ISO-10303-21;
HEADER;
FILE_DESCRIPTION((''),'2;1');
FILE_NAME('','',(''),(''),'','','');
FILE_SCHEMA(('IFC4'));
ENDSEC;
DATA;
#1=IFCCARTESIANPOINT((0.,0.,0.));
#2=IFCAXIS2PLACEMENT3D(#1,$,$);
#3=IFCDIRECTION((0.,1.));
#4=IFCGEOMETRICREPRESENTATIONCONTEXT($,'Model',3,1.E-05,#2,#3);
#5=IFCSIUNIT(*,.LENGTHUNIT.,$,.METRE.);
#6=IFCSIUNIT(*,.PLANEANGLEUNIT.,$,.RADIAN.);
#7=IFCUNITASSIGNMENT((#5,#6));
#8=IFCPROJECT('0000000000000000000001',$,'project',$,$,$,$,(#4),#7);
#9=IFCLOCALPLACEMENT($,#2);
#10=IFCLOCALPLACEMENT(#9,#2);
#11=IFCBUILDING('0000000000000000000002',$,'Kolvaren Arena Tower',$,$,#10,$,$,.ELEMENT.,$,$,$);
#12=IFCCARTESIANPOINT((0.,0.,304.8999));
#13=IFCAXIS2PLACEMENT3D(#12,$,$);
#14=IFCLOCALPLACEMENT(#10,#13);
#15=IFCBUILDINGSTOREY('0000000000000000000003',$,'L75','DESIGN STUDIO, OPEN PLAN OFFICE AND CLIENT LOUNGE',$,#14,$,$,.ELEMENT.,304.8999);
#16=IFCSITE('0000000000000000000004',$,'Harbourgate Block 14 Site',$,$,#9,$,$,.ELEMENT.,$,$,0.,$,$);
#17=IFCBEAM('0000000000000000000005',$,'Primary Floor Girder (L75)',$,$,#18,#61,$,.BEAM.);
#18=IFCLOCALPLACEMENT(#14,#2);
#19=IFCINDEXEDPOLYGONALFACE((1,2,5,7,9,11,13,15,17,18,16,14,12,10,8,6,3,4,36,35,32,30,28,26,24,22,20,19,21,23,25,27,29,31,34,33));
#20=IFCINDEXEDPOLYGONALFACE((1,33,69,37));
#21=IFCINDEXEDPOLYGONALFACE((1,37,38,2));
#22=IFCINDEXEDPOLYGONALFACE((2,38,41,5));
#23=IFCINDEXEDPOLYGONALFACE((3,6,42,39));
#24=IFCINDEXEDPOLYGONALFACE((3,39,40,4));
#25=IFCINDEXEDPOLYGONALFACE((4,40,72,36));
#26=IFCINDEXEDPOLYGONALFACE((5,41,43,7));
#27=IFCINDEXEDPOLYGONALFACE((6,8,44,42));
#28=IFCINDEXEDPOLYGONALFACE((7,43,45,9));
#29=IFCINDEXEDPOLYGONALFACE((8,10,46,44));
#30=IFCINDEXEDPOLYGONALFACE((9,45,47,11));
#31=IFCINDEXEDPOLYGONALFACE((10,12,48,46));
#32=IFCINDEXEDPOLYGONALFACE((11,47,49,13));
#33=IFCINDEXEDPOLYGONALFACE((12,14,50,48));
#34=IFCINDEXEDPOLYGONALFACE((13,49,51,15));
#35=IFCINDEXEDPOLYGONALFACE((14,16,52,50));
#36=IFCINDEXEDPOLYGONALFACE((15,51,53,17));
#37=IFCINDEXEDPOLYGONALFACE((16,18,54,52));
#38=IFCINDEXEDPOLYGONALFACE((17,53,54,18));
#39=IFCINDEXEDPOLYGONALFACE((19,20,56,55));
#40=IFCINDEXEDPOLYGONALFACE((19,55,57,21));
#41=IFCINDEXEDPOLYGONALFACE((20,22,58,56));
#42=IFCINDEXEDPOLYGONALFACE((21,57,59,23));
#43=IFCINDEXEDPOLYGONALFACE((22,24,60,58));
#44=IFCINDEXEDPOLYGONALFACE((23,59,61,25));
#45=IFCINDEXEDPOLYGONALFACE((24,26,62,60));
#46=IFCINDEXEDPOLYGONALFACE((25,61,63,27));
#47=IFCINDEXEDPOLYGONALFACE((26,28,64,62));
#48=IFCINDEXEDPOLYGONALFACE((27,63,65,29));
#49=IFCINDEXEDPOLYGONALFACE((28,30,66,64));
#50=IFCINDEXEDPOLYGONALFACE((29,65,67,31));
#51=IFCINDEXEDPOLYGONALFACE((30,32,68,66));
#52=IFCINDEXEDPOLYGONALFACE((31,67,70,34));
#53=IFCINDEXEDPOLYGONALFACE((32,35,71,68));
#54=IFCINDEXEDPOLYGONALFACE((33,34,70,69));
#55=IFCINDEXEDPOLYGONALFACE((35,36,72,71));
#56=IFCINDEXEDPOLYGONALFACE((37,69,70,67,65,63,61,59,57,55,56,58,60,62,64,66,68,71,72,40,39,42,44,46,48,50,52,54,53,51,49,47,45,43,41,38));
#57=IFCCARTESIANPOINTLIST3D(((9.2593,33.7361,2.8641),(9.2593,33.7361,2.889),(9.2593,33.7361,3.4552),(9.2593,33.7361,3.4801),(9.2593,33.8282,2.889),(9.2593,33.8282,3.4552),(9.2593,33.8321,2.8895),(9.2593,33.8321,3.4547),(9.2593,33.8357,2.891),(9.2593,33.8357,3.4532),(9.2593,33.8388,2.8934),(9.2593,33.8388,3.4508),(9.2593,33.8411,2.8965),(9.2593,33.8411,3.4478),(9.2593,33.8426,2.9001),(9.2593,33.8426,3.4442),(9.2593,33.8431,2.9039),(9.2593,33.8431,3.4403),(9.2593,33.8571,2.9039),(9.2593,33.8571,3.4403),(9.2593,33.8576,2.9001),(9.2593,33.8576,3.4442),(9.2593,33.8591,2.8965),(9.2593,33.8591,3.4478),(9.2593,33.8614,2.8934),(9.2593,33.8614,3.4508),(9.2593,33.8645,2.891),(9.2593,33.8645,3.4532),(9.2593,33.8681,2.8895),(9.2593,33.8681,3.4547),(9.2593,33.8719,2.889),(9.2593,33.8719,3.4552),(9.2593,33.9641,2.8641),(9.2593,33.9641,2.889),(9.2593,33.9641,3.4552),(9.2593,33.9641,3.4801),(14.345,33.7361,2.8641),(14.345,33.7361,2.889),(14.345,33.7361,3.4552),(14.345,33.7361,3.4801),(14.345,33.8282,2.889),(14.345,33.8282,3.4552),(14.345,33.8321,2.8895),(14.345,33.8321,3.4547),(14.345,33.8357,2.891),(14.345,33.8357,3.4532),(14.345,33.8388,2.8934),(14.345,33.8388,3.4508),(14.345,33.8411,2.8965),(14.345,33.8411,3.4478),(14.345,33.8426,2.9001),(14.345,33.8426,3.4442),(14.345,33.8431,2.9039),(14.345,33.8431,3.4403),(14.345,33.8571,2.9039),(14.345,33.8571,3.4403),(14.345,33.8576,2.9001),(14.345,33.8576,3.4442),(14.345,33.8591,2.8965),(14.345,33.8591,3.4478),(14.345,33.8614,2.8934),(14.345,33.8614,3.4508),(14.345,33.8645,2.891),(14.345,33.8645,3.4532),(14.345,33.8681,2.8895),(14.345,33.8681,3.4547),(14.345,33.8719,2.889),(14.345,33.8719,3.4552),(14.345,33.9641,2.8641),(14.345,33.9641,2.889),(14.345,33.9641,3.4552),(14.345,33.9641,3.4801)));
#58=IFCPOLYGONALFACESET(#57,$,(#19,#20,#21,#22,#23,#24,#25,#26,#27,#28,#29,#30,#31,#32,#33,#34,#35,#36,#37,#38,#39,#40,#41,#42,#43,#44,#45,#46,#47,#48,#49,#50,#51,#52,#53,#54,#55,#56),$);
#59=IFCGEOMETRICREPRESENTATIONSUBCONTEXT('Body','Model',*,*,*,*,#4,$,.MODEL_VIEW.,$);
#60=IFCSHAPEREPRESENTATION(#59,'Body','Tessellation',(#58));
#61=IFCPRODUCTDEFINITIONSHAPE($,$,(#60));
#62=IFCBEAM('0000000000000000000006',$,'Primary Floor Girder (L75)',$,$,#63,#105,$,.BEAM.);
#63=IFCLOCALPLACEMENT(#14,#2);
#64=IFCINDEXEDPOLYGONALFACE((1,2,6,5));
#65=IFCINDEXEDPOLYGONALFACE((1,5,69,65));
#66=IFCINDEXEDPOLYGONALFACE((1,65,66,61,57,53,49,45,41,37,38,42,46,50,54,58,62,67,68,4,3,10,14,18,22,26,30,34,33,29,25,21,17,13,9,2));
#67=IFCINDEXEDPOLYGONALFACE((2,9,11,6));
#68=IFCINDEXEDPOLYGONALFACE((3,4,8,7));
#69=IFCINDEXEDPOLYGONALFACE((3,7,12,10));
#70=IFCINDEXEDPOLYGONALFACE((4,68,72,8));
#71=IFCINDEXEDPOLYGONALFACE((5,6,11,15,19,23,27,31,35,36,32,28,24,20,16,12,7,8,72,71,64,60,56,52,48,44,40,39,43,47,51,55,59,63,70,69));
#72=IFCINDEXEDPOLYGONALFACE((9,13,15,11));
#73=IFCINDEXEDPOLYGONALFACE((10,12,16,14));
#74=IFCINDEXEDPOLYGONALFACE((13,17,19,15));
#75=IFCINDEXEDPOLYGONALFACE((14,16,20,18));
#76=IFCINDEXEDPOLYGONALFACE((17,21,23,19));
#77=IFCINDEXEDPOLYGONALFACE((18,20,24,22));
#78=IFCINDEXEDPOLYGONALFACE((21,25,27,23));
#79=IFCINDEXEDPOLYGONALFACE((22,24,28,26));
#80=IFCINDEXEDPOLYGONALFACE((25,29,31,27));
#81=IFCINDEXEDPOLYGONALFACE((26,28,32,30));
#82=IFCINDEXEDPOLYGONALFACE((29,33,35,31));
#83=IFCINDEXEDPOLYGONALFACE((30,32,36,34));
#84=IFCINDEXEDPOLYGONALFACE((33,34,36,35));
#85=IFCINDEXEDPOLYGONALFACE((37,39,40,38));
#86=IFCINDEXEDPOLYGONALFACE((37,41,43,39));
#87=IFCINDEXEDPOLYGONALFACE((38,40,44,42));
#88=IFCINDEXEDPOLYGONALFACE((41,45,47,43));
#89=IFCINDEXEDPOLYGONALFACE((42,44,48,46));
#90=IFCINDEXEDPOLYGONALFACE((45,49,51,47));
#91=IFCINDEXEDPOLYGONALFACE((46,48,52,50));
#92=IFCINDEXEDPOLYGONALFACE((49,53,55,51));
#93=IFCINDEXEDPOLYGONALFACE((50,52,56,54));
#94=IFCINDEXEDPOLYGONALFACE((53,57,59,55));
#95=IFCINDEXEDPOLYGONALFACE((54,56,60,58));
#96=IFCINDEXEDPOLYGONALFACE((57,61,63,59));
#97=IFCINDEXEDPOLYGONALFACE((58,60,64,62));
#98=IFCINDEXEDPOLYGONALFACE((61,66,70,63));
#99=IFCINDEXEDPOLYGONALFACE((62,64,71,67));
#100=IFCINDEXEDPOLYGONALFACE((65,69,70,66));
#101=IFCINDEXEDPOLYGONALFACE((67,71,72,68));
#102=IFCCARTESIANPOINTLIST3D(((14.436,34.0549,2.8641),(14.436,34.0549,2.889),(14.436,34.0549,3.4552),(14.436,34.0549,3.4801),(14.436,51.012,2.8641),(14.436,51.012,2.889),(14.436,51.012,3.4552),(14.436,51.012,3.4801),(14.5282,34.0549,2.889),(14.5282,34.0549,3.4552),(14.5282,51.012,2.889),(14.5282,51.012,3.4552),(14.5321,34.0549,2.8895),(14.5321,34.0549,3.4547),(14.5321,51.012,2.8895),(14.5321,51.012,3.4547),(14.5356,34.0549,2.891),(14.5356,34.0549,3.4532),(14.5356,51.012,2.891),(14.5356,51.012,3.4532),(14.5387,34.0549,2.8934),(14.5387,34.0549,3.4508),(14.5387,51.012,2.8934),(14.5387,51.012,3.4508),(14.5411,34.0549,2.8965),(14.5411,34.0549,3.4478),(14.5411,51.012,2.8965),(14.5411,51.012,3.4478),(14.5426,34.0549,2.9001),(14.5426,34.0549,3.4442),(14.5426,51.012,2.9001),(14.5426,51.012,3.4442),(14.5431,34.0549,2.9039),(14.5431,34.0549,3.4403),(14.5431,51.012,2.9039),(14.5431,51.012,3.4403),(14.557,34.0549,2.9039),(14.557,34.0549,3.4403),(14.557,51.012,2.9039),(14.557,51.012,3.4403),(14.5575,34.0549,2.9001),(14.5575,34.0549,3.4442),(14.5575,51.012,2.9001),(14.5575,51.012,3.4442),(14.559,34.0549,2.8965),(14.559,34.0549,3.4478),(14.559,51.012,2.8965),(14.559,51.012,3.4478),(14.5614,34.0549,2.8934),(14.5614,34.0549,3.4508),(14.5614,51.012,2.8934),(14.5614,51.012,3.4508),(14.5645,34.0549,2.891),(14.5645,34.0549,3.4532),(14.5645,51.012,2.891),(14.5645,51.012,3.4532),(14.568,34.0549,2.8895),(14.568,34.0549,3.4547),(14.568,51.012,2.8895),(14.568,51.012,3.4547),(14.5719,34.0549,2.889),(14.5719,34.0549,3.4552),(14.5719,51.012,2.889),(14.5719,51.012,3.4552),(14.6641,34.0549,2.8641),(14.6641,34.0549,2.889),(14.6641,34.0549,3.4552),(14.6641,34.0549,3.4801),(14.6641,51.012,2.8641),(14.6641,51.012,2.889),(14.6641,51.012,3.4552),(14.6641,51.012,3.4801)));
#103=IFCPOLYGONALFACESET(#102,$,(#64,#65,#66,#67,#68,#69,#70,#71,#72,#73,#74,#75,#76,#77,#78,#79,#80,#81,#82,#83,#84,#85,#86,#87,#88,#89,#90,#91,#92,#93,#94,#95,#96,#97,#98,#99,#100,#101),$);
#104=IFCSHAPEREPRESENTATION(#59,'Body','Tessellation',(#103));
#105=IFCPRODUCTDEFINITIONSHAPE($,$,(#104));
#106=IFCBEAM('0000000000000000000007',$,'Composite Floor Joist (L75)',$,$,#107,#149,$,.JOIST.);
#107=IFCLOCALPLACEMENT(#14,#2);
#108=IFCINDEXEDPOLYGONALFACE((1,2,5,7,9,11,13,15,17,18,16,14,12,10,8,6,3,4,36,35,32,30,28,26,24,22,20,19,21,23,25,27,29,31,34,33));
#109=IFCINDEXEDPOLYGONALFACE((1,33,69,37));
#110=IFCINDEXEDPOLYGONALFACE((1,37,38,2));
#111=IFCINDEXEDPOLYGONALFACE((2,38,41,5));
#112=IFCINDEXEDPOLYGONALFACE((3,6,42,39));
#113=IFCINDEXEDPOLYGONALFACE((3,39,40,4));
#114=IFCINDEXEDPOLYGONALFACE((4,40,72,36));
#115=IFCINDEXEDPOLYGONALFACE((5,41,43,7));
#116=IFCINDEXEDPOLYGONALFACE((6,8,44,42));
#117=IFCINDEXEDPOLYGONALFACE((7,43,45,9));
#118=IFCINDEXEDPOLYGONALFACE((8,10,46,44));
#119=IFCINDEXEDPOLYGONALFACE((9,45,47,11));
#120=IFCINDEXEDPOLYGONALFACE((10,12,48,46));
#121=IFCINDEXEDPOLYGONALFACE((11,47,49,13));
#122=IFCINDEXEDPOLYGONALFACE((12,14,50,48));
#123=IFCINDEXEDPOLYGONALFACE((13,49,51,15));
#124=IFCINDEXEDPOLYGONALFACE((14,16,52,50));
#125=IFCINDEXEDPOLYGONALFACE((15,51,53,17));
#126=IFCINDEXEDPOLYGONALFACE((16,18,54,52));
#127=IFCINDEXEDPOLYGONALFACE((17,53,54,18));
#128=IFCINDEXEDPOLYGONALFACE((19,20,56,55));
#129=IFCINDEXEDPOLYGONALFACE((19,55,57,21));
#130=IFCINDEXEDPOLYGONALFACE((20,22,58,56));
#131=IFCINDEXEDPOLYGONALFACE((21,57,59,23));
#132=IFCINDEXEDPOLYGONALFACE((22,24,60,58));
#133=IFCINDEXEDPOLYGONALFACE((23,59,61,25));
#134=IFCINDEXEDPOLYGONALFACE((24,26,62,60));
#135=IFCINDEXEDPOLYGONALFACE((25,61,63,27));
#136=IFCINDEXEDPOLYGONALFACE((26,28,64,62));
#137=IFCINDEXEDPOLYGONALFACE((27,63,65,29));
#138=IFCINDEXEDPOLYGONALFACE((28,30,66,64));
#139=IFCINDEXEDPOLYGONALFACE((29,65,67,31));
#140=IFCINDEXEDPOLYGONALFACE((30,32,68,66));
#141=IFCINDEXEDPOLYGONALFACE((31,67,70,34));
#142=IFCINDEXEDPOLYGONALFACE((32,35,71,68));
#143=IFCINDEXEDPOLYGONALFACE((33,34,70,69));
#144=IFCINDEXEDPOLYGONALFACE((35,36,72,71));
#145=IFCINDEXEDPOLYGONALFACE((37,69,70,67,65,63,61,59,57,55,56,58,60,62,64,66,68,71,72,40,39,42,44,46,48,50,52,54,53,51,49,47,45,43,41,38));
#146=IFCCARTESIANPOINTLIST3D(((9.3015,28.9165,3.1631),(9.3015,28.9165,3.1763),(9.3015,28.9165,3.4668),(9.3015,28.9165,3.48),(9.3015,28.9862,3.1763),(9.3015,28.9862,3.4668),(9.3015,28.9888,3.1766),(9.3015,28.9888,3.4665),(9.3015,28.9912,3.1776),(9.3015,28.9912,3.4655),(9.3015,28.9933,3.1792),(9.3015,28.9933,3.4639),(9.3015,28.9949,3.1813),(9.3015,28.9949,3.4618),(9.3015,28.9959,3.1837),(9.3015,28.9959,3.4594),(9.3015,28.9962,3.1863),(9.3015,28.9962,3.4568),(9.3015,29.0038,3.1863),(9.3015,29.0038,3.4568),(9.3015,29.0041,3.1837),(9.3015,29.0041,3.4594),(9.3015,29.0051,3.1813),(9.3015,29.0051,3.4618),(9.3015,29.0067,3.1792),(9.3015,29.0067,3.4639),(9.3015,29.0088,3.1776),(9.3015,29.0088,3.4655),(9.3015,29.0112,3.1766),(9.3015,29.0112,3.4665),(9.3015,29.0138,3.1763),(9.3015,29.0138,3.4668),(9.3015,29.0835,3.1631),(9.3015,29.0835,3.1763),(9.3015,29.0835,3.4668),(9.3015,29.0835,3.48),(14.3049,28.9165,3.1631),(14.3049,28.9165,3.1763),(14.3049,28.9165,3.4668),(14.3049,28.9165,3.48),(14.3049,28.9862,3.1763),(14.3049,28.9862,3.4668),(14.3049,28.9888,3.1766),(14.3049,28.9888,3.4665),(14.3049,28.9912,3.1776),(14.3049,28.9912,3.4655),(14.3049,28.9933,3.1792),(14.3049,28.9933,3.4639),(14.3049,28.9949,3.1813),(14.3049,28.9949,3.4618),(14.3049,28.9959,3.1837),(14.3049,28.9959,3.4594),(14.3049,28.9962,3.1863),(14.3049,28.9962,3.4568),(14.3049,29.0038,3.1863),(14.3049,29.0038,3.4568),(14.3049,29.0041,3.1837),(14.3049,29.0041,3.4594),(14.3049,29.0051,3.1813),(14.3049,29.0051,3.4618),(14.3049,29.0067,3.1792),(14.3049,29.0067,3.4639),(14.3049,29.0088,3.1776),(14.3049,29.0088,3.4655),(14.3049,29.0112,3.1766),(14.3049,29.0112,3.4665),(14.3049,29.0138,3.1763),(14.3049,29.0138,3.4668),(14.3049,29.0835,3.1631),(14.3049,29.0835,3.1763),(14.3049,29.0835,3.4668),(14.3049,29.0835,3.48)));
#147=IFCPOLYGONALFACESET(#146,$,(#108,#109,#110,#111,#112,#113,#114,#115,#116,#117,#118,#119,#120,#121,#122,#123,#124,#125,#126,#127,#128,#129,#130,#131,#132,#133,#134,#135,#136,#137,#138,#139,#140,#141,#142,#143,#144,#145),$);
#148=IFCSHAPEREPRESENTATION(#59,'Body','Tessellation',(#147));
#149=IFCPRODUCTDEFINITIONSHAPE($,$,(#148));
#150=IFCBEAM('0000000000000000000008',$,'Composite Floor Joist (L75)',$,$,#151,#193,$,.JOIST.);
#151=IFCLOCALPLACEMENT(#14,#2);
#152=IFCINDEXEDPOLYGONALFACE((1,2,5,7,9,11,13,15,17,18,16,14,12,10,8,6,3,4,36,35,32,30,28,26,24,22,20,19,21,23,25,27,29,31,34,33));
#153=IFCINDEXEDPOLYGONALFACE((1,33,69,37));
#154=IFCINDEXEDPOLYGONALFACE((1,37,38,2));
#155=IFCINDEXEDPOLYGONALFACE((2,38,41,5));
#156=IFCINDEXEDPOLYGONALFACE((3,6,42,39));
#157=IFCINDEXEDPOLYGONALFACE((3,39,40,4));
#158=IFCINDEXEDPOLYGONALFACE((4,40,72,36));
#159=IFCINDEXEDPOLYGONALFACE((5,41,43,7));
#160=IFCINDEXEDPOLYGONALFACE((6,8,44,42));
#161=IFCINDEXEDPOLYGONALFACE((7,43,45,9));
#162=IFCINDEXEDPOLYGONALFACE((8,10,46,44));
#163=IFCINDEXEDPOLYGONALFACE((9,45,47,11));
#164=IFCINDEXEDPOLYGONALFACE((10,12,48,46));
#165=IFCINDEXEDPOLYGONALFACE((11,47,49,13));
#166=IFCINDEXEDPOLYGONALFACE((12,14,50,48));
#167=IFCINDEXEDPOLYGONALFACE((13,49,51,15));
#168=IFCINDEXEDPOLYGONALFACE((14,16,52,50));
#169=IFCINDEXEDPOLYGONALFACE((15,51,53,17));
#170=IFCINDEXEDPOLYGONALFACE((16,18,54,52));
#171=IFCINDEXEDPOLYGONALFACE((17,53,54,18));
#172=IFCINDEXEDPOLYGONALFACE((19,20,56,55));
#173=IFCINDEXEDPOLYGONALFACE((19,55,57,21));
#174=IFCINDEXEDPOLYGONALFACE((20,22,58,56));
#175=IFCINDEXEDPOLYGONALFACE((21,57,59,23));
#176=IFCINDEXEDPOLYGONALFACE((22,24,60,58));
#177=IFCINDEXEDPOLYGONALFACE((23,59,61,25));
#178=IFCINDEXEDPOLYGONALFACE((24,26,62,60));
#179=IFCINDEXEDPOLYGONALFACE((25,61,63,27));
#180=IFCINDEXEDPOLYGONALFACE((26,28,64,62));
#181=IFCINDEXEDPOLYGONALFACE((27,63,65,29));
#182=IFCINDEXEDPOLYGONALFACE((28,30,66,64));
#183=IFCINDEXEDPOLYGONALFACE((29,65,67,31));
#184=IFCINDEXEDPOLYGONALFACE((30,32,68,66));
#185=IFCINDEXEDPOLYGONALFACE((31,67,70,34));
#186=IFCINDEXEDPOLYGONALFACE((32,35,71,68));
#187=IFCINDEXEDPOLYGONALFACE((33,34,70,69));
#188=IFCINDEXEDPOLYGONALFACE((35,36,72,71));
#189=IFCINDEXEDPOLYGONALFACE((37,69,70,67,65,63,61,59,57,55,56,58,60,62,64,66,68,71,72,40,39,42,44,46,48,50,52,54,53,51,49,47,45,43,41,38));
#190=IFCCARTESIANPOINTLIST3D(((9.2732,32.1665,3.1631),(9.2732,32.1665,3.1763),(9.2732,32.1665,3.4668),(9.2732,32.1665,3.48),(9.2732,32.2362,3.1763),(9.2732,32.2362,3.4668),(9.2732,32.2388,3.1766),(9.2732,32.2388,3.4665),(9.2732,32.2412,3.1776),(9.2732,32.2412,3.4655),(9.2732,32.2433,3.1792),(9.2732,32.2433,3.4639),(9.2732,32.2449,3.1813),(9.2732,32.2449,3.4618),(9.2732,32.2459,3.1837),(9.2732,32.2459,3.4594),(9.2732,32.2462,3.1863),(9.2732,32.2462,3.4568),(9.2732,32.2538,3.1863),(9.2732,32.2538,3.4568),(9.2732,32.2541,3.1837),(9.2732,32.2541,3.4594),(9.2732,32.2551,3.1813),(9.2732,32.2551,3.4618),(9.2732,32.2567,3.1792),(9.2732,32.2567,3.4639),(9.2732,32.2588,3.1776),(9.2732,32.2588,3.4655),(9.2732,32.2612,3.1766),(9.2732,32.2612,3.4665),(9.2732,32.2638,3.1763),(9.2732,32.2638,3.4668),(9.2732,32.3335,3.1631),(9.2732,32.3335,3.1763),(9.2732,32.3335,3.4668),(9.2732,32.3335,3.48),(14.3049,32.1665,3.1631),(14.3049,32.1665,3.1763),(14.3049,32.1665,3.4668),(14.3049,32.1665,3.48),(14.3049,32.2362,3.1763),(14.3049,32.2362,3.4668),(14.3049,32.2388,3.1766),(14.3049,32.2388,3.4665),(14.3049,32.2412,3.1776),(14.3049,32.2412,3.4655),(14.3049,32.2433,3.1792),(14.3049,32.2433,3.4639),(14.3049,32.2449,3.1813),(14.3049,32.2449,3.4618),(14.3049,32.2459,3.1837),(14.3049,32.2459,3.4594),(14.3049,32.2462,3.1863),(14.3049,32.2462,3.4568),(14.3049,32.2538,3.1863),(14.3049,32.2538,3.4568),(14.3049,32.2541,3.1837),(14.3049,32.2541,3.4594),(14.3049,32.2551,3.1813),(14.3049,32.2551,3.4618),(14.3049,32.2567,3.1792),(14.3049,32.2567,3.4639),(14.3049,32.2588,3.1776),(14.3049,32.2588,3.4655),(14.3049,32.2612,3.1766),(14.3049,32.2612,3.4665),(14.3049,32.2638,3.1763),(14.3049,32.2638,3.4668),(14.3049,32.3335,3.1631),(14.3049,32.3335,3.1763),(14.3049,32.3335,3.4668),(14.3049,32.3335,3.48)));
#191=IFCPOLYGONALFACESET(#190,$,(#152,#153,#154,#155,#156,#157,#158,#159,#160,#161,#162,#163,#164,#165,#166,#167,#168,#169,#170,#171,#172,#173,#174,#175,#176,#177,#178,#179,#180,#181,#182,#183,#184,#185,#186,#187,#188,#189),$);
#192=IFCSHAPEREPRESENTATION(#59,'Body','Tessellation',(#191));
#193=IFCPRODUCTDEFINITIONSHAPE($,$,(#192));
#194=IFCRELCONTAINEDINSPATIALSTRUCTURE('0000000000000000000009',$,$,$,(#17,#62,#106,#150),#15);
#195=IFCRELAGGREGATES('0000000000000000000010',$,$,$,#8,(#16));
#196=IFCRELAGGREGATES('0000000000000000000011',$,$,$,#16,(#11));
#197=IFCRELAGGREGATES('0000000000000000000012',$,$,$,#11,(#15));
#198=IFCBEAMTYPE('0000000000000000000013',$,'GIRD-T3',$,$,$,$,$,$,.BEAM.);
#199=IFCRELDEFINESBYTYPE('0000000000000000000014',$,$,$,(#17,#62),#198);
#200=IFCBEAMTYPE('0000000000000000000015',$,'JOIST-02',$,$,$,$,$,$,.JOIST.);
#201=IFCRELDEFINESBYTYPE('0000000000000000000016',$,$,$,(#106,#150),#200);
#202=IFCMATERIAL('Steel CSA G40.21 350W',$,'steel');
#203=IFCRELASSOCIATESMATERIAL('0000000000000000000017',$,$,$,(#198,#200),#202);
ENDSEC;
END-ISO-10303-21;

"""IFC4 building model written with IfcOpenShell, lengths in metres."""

from ifc_helpers import new_model, si_unit, direction, frame, origin, origin_2d, place, context, subcontext, project, spatial, i_section, extrude, material, material_profile, profile_set, type_object, element, save


model = new_model("IFC4")

# Units and contexts
model_context = context("Model", 3, precision=1e-05, world=origin(), true_north=direction((0.0, 1.0)))
body_context = subcontext(model_context, "Body", "Model", "MODEL_VIEW")
ifc_project = project(units=[si_unit("LENGTHUNIT", "METRE"), si_unit("PLANEANGLEUNIT", "RADIAN")], contexts=[model_context])

# Site, building, storey
site_placement = place(None, origin())
site = spatial("IfcSite", under=ifc_project, at=site_placement, Name="Harbourgate Block 14 Site", CompositionType="ELEMENT", RefElevation=0.0)
building_placement = place(site_placement, origin())
building = spatial("IfcBuilding", under=site, at=building_placement, Name="Kolvaren Arena Tower", CompositionType="ELEMENT")
storey_placement = place(building_placement, frame((0.0, 0.0, 304.8999)))
storey = spatial("IfcBuildingStorey", under=building, at=storey_placement, Name="L75", Description="DESIGN STUDIO, OPEN PLAN OFFICE AND CLIENT LOUNGE", CompositionType="ELEMENT", Elevation=304.8999)

# Beams
ifc_material_1 = material(Name="Steel CSA G40.21 350W", Category="steel")
ifc_material_profile_1 = material_profile(ifc_material_1, i_section(OverallWidth=0.228, OverallDepth=0.616, WebThickness=0.0139, FlangeThickness=0.0249, FilletRadius=0.0149, at=origin_2d()), Name="W610x174")
ifc_profile_set_1 = profile_set([ifc_material_profile_1], Name="Steel CSA G40.21 350W")
beam_type_1 = type_object("IfcBeamType", Name="GIRD-T3", PredefinedType="BEAM", material=ifc_profile_set_1)
beam_1_placement = place(storey_placement, frame((9.2593, 33.8501, 3.1721), z_axis=(1.0, 0.0, 0.0), x_axis=(0.0, 1.0, 0.0)))
element("IfcBeam", 1, at=beam_1_placement, inside=storey, type_object=beam_type_1, Name="Primary Floor Girder (L75)", PredefinedType="BEAM", context=body_context, shape_type="SweptSolid", body=[
    extrude(i_section(OverallWidth=0.228, OverallDepth=0.616, WebThickness=0.0139, FlangeThickness=0.0249, FilletRadius=0.0149, at=origin_2d()), origin(), (0.0, 0.0, 1.0), 5.0857),
])
beam_2_placement = place(storey_placement, frame((14.55, 34.0549, 3.1721), z_axis=(0.0, 1.0, 0.0), x_axis=(-1.0, 0.0, 0.0)))
element("IfcBeam", 2, at=beam_2_placement, inside=storey, type_object=beam_type_1, Name="Primary Floor Girder (L75)", PredefinedType="BEAM", context=body_context, shape_type="SweptSolid", body=[
    extrude(i_section(OverallWidth=0.228, OverallDepth=0.616, WebThickness=0.0139, FlangeThickness=0.0249, FilletRadius=0.0149, at=origin_2d()), origin(), (0.0, 0.0, 1.0), 16.957),
])
ifc_material_profile_2 = material_profile(ifc_material_1, i_section(OverallWidth=0.167, OverallDepth=0.3169, WebThickness=0.0076, FlangeThickness=0.0132, FilletRadius=0.01, at=origin_2d()), Name="W310x52")
ifc_profile_set_2 = profile_set([ifc_material_profile_2], Name="Steel CSA G40.21 350W")
beam_type_2 = type_object("IfcBeamType", Name="JOIST-02", PredefinedType="JOIST", material=ifc_profile_set_2)
beam_3_placement = place(storey_placement, frame((9.3015, 29.0, 3.3215), z_axis=(1.0, 0.0, 0.0), x_axis=(0.0, 1.0, 0.0)))
element("IfcBeam", 3, at=beam_3_placement, inside=storey, type_object=beam_type_2, Name="Composite Floor Joist (L75)", PredefinedType="JOIST", context=body_context, shape_type="SweptSolid", body=[
    extrude(i_section(OverallWidth=0.167, OverallDepth=0.3169, WebThickness=0.0076, FlangeThickness=0.0132, FilletRadius=0.01, at=origin_2d()), origin(), (0.0, 0.0, 1.0), 5.0034),
])
beam_4_placement = place(storey_placement, frame((9.2732, 32.25, 3.3215), z_axis=(1.0, 0.0, 0.0), x_axis=(0.0, 1.0, 0.0)))
element("IfcBeam", 4, at=beam_4_placement, inside=storey, type_object=beam_type_2, Name="Composite Floor Joist (L75)", PredefinedType="JOIST", context=body_context, shape_type="SweptSolid", body=[
    extrude(i_section(OverallWidth=0.167, OverallDepth=0.3169, WebThickness=0.0076, FlangeThickness=0.0132, FilletRadius=0.01, at=origin_2d()), origin(), (0.0, 0.0, 1.0), 5.0317),
])

save(model, "model.ifc")
